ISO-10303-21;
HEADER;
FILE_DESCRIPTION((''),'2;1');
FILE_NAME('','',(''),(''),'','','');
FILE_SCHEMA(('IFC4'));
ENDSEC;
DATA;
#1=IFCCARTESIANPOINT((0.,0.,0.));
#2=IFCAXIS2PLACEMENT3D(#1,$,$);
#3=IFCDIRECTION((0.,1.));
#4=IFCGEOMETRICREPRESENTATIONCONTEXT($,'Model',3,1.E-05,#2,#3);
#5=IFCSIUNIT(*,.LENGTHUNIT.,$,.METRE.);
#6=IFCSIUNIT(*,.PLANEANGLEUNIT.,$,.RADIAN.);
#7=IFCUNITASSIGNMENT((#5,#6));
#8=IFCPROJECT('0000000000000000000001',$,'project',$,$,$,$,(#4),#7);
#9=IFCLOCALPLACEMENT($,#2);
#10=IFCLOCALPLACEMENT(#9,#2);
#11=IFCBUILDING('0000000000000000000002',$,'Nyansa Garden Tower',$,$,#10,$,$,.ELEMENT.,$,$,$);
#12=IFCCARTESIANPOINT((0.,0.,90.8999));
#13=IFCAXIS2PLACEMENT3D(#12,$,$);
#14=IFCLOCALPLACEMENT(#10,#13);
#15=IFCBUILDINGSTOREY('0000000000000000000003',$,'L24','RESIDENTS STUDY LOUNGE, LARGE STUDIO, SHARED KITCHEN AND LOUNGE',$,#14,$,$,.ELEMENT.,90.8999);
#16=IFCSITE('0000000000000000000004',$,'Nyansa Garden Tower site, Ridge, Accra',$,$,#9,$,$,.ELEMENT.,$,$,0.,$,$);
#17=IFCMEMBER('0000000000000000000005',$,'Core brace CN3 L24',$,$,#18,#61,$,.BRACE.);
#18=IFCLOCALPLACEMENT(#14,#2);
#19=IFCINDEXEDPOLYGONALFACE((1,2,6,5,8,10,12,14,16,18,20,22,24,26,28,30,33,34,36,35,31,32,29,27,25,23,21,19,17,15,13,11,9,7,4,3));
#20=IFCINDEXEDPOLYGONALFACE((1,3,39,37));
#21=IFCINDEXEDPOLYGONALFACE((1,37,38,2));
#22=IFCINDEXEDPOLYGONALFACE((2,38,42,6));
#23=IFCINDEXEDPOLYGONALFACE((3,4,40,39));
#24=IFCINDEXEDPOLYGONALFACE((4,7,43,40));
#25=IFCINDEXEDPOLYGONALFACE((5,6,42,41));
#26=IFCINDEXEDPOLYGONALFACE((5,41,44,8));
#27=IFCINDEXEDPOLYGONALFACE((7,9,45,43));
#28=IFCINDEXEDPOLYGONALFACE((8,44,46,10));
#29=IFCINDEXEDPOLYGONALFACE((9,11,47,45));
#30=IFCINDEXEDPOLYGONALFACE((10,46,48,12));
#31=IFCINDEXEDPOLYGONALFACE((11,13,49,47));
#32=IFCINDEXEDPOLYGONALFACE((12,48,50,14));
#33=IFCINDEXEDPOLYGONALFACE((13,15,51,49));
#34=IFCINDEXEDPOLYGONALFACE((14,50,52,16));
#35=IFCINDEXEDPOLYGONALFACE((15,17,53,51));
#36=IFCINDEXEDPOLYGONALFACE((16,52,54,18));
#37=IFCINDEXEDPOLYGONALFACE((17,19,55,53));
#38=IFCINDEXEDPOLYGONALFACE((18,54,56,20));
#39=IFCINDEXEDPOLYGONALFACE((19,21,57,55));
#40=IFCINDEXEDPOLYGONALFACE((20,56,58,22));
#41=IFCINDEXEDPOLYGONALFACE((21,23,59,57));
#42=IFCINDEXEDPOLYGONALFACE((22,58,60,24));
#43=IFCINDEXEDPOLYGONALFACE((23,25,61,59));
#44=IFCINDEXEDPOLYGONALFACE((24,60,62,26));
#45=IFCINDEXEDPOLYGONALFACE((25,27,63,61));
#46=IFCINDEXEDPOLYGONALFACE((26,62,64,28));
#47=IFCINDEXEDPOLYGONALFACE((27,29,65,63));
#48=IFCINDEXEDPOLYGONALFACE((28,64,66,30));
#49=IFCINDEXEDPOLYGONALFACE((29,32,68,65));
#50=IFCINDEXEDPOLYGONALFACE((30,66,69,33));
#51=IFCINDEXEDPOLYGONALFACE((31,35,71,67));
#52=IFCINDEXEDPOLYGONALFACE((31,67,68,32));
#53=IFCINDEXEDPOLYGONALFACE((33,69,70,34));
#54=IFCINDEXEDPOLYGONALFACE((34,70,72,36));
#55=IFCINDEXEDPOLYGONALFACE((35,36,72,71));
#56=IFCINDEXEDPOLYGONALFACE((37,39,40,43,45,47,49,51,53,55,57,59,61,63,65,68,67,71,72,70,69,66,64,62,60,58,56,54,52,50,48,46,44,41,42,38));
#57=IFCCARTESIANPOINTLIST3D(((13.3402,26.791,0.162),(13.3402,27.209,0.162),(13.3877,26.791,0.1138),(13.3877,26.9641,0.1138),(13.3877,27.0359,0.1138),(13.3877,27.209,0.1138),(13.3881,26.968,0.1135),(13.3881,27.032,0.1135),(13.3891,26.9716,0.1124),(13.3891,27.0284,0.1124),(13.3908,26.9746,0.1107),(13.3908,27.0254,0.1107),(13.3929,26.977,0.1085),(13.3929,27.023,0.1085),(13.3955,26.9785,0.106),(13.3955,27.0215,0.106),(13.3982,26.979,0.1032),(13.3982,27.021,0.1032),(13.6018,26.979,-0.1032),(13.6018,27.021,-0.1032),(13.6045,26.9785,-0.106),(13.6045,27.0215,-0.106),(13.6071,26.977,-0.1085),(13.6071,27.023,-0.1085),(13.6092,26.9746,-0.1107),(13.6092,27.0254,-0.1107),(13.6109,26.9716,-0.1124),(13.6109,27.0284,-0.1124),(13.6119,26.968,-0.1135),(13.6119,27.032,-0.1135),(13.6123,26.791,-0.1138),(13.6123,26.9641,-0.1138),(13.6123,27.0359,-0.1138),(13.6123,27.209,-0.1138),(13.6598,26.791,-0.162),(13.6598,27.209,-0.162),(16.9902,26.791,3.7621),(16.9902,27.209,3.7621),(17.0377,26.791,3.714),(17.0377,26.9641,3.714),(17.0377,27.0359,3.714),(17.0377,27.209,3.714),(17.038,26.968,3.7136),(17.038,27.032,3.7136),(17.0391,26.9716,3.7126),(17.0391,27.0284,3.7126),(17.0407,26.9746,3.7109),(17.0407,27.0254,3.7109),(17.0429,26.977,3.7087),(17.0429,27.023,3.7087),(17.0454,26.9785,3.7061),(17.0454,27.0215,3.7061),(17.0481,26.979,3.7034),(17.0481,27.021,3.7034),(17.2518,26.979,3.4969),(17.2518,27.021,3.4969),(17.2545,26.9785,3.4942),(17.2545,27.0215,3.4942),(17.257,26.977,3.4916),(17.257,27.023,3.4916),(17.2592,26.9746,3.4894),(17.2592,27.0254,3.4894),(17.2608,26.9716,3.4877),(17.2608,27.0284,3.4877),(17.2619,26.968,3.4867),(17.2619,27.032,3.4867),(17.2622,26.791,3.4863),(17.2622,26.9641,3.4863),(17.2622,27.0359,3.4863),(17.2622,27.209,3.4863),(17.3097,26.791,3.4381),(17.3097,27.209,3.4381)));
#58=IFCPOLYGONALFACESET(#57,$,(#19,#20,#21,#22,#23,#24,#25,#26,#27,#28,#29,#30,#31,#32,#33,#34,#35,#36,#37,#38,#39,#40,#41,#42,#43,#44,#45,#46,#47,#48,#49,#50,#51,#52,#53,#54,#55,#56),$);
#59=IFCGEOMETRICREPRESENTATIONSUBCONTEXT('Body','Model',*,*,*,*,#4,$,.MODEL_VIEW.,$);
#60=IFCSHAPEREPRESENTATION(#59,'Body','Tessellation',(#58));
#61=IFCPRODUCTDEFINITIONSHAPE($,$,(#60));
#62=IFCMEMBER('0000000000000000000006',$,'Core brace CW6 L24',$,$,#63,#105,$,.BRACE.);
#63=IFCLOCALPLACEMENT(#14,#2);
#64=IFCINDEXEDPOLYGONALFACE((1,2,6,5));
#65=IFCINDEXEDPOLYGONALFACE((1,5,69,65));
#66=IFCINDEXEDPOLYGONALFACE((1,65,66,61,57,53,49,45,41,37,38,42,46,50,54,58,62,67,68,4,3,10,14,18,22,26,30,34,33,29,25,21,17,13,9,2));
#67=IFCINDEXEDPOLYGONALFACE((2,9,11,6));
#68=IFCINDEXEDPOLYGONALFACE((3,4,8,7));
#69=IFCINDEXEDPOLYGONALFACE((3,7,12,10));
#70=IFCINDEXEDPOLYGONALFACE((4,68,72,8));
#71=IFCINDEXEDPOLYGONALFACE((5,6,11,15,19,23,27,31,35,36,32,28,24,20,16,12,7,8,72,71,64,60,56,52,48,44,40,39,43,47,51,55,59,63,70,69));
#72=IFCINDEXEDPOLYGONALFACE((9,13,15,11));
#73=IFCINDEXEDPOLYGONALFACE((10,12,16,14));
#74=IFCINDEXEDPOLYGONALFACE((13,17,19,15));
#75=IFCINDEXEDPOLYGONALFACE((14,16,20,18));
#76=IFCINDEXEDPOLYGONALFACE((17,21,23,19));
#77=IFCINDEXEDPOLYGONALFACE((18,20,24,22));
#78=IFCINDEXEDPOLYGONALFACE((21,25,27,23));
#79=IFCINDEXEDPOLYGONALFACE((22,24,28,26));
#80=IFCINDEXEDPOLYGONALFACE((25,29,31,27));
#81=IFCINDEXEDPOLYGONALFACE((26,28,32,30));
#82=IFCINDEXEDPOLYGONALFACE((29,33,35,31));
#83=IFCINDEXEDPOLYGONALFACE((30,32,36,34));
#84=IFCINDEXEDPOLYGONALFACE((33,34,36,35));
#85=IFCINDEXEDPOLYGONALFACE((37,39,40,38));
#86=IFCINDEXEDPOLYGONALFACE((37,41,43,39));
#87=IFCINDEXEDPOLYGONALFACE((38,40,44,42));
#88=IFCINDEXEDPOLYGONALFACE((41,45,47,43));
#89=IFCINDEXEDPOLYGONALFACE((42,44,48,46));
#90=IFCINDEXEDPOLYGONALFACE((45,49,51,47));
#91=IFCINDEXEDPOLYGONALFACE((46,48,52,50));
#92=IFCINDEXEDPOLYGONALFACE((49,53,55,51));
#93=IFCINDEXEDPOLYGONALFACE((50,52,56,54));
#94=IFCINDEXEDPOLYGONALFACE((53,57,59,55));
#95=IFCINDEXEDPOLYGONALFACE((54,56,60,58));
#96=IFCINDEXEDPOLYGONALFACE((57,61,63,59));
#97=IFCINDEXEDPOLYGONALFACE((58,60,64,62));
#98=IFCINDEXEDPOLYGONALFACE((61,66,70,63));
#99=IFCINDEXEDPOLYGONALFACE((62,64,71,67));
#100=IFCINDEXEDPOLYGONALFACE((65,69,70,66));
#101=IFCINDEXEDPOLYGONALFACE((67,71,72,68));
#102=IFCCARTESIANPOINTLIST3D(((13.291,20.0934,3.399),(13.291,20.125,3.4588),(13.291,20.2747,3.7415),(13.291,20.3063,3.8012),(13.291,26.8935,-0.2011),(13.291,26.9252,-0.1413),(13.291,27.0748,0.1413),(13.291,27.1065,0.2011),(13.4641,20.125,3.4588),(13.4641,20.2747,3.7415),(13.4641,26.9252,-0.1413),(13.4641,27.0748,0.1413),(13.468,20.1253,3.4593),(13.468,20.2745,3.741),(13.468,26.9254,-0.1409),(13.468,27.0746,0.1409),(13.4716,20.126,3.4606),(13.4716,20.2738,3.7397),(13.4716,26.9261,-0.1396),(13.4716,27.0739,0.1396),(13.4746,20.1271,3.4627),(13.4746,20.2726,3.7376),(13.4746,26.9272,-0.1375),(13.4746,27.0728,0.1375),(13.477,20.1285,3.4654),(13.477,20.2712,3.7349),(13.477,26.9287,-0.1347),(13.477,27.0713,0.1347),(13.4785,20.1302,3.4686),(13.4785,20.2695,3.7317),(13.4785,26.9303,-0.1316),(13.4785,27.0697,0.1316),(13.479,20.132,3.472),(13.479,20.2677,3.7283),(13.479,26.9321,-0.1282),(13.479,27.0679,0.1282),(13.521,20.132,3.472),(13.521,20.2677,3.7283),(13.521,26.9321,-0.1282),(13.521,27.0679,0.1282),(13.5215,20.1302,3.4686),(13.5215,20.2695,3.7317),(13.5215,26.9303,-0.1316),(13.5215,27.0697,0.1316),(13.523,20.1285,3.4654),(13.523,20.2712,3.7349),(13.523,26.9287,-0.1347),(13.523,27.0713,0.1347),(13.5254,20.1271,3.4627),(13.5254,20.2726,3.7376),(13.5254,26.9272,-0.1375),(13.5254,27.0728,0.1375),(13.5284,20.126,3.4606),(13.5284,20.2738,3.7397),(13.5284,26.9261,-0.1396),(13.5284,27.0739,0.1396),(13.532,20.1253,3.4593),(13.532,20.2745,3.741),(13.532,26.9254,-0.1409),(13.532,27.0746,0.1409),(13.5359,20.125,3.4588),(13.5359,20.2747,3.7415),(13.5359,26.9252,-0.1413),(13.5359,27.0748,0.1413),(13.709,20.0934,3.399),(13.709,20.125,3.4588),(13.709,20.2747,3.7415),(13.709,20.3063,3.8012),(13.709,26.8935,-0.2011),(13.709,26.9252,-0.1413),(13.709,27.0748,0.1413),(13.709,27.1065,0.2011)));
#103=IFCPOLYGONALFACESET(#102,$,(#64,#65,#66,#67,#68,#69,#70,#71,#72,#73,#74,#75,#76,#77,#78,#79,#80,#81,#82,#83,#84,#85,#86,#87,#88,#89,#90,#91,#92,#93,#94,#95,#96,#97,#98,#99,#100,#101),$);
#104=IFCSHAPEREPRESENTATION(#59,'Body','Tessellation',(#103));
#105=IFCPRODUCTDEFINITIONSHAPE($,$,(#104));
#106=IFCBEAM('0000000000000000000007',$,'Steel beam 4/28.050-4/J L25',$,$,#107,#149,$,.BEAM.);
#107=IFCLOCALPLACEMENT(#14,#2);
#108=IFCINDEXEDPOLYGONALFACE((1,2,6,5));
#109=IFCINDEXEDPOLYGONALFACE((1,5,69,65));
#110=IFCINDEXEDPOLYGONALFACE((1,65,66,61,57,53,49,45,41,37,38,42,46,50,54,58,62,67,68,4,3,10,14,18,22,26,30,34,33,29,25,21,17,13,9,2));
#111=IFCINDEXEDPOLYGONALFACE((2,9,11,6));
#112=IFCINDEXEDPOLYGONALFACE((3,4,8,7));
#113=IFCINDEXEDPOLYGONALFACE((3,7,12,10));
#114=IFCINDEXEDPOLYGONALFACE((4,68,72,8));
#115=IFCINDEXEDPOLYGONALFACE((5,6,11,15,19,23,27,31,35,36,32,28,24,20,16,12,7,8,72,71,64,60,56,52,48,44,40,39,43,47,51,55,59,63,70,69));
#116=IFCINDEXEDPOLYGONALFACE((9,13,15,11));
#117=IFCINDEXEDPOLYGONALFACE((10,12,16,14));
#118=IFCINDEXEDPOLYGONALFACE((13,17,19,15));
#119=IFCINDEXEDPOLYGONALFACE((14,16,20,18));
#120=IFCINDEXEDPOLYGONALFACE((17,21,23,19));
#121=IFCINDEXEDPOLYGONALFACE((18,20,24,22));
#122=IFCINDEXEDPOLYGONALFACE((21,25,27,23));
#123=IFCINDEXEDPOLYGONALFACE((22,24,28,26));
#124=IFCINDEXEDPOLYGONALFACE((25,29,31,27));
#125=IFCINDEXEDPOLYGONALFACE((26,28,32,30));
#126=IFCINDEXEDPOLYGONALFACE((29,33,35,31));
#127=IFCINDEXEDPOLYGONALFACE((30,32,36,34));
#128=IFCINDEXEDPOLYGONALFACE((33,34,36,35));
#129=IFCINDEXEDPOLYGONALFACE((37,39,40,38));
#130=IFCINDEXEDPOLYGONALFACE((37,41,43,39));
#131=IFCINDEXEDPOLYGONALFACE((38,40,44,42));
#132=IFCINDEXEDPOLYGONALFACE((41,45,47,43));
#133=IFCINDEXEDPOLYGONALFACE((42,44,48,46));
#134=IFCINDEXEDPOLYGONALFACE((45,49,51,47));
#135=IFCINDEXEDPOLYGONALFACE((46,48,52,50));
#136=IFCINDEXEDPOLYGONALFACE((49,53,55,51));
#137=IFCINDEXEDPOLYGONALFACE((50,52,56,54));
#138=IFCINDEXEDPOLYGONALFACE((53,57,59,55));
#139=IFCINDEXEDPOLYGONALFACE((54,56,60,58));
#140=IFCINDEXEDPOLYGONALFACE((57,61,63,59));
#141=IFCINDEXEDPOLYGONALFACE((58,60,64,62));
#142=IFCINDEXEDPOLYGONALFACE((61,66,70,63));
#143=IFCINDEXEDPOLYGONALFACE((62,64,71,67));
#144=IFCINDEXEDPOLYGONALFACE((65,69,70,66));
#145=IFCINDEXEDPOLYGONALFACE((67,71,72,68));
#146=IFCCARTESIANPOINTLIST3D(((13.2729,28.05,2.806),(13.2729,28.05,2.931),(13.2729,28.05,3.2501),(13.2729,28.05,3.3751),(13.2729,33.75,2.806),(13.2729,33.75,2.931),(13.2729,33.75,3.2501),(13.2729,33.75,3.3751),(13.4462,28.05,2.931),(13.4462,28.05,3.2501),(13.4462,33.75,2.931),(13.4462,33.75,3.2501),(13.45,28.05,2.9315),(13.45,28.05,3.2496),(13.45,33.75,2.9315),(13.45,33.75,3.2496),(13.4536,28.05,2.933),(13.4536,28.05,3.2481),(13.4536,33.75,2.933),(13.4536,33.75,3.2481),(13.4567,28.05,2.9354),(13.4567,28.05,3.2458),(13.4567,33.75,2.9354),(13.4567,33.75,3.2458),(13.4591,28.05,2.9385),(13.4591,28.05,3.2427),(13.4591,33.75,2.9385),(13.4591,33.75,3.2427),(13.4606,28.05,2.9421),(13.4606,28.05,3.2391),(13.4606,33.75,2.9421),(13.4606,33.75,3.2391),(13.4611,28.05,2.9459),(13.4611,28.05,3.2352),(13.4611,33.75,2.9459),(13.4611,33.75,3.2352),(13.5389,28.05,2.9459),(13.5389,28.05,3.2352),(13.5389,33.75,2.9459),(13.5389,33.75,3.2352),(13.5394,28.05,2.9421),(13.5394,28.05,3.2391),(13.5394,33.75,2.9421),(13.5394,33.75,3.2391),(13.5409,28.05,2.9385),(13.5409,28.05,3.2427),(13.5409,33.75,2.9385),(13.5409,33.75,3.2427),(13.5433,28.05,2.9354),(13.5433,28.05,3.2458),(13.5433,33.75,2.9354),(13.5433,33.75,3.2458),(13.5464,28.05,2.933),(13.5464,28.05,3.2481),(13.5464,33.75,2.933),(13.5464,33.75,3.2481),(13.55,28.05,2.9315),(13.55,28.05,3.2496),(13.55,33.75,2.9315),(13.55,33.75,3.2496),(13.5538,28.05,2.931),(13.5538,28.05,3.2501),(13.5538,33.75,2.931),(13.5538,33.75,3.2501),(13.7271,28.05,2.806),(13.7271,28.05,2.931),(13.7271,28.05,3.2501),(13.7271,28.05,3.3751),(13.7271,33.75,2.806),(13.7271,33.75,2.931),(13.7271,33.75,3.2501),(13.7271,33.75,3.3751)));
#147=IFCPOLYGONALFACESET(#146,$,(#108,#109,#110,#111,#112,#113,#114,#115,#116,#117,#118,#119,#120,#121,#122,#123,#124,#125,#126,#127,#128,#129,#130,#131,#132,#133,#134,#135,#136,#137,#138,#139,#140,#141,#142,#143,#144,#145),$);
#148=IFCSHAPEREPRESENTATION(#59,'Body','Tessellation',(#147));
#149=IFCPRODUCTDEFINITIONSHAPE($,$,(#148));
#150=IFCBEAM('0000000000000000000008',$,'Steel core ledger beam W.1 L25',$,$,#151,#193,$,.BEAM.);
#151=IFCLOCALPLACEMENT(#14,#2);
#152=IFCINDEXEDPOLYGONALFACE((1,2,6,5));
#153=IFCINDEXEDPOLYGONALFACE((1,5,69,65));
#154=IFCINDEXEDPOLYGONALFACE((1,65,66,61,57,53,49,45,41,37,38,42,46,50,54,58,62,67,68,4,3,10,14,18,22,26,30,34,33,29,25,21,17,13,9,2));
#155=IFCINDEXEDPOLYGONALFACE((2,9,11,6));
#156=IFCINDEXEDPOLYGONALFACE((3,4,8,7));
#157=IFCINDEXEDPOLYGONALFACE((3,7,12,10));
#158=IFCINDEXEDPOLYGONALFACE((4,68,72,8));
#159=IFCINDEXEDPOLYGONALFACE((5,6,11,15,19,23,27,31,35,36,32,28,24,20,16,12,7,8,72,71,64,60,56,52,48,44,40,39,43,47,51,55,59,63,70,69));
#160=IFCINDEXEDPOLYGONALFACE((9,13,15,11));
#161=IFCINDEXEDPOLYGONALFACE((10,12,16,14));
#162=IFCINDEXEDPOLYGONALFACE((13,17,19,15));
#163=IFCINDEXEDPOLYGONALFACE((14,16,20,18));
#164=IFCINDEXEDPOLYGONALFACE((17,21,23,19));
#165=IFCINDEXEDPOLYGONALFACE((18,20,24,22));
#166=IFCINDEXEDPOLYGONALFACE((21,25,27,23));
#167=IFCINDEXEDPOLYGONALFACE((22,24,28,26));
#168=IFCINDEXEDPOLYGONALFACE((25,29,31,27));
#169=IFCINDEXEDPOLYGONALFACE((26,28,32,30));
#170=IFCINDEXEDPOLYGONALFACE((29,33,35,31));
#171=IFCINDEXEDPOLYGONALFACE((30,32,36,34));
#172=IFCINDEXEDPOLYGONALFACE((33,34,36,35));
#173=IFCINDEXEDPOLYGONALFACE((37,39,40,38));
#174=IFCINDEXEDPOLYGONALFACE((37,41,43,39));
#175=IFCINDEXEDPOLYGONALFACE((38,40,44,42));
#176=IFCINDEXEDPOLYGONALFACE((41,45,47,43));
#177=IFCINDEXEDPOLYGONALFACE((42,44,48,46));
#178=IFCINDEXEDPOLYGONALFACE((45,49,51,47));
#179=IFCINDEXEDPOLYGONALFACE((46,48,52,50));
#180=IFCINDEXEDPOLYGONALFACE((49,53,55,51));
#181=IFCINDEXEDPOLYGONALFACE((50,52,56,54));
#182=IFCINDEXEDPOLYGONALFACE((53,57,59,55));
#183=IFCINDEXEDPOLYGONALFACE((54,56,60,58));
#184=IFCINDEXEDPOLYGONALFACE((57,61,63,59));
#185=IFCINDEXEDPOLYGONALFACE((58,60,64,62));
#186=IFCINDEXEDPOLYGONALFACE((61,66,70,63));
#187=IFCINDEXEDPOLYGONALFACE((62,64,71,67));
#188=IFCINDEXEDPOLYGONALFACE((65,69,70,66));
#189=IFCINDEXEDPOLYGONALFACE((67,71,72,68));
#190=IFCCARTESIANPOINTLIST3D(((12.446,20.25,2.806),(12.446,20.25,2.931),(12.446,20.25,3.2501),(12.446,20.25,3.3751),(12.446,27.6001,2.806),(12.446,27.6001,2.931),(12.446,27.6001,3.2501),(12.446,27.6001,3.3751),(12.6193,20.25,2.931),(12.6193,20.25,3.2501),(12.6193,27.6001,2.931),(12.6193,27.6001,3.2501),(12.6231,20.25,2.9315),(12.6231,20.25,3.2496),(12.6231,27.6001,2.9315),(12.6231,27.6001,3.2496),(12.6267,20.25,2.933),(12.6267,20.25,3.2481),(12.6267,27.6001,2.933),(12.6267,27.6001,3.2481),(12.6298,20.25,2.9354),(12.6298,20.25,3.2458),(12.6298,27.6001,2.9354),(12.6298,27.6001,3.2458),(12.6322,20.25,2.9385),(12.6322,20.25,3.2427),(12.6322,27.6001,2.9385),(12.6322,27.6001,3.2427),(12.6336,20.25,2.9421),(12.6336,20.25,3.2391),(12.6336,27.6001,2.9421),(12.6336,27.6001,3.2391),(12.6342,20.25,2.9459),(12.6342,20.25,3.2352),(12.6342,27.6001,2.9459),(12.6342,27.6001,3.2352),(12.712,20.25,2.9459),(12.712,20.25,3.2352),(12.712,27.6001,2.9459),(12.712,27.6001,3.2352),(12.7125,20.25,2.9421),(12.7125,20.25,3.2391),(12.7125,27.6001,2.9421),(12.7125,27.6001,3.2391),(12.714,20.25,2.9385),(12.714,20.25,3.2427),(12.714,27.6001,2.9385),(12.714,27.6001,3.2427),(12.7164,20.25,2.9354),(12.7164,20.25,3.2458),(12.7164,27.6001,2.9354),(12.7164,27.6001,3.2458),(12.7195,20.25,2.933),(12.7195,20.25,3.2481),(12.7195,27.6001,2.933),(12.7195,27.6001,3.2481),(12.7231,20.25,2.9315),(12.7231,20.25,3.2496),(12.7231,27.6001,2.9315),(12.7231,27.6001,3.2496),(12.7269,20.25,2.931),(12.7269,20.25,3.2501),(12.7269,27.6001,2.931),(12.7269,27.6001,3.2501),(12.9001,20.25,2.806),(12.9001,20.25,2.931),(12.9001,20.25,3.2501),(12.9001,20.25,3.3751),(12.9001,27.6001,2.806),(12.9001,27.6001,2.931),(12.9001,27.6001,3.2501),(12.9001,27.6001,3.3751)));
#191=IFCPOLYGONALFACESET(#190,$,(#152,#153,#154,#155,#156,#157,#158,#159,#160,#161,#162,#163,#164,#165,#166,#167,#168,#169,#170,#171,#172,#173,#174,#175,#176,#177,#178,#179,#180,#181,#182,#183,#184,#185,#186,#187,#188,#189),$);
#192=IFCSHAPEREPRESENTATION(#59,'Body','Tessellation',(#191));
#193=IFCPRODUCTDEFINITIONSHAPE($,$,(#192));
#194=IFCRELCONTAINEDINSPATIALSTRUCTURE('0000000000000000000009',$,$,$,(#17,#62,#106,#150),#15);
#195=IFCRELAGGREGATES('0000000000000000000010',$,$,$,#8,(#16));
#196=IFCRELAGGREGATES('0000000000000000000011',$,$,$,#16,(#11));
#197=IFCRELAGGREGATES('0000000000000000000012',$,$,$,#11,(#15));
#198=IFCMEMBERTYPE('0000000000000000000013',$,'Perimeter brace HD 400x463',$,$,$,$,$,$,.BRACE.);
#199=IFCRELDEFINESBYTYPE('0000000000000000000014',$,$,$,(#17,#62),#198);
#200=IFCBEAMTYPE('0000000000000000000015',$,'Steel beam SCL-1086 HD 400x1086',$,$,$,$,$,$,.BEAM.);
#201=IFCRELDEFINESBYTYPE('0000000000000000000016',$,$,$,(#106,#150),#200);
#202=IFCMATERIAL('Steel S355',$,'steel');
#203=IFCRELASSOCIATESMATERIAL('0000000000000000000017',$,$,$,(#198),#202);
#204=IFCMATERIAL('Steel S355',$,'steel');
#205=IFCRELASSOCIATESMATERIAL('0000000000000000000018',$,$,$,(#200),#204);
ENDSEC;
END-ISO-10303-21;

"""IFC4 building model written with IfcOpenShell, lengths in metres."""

from ifc_helpers import new_model, si_unit, direction, frame, origin, origin_2d, place, context, subcontext, project, spatial, i_section, extrude, material, material_profile, profile_set, type_object, element, save


model = new_model("IFC4")

# Units and contexts
model_context = context("Model", 3, precision=1e-05, world=origin(), true_north=direction((0.0, 1.0)))
body_context = subcontext(model_context, "Body", "Model", "MODEL_VIEW")
ifc_project = project(units=[si_unit("LENGTHUNIT", "METRE"), si_unit("PLANEANGLEUNIT", "RADIAN")], contexts=[model_context])

# Site, building, storey
site_placement = place(None, origin())
site = spatial("IfcSite", under=ifc_project, at=site_placement, Name="Nyansa Garden Tower site, Ridge, Accra", CompositionType="ELEMENT", RefElevation=0.0)
building_placement = place(site_placement, origin())
building = spatial("IfcBuilding", under=site, at=building_placement, Name="Nyansa Garden Tower", CompositionType="ELEMENT")
storey_placement = place(building_placement, frame((0.0, 0.0, 90.8999)))
storey = spatial("IfcBuildingStorey", under=building, at=storey_placement, Name="L24", Description="RESIDENTS STUDY LOUNGE, LARGE STUDIO, SHARED KITCHEN AND LOUNGE", CompositionType="ELEMENT", Elevation=90.8999)

# Members
ifc_material_1 = material(Name="Steel S355", Category="steel")
ifc_material_profile_1 = material_profile(ifc_material_1, i_section(OverallWidth=0.418, OverallDepth=0.4551, WebThickness=0.042, FlangeThickness=0.0676, FilletRadius=0.0149, at=origin_2d()), Name="HD 400x463")
ifc_profile_set_1 = profile_set([ifc_material_profile_1], Name="Steel S355")
member_type_1 = type_object("IfcMemberType", Name="Perimeter brace HD 400x463", PredefinedType="BRACE", material=ifc_profile_set_1)
member_1_placement = place(storey_placement, frame((13.5, 27.0, 0.0), z_axis=(0.711948, 0.0, 0.702233), x_axis=(0.0, 1.0, 0.0)))
element("IfcMember", 1, at=member_1_placement, inside=storey, type_object=member_type_1, Name="Core brace CN3 L24", PredefinedType="BRACE", context=body_context, shape_type="SweptSolid", body=[
    extrude(i_section(OverallWidth=0.418, OverallDepth=0.4551, WebThickness=0.042, FlangeThickness=0.0676, FilletRadius=0.0149, at=origin_2d()), origin(), (0.0, 0.0, 1.0), 5.1267),
])
member_2_placement = place(storey_placement, frame((13.5, 27.0, 0.0), z_axis=(0.0, -0.883784, 0.467895), x_axis=(1.0, 0.0, 0.0)))
element("IfcMember", 2, at=member_2_placement, inside=storey, type_object=member_type_1, Name="Core brace CW6 L24", PredefinedType="BRACE", context=body_context, shape_type="SweptSolid", body=[
    extrude(i_section(OverallWidth=0.418, OverallDepth=0.4551, WebThickness=0.042, FlangeThickness=0.0676, FilletRadius=0.0149, at=origin_2d()), origin(), (0.0, 0.0, 1.0), 7.6943),
])

# Beams
ifc_material_2 = material(Name="Steel S355", Category="steel")
ifc_material_profile_2 = material_profile(ifc_material_2, i_section(OverallWidth=0.4541, OverallDepth=0.5691, WebThickness=0.0779, FlangeThickness=0.125, FilletRadius=0.0149, at=origin_2d()), Name="HD 400x1086")
ifc_profile_set_2 = profile_set([ifc_material_profile_2], Name="Steel S355")
beam_type_1 = type_object("IfcBeamType", Name="Steel beam SCL-1086 HD 400x1086", PredefinedType="BEAM", material=ifc_profile_set_2)
beam_1_placement = place(storey_placement, frame((13.5, 28.05, 3.0906), z_axis=(0.0, 1.0, 0.0), x_axis=(-1.0, 0.0, 0.0)))
element("IfcBeam", 3, at=beam_1_placement, inside=storey, type_object=beam_type_1, Name="Steel beam 4/28.050-4/J L25", PredefinedType="BEAM", context=body_context, shape_type="SweptSolid", body=[
    extrude(i_section(OverallWidth=0.4541, OverallDepth=0.5691, WebThickness=0.0779, FlangeThickness=0.125, FilletRadius=0.0149, at=origin_2d()), origin(), (0.0, 0.0, 1.0), 5.7),
])
beam_2_placement = place(storey_placement, frame((12.6731, 27.6001, 3.0906), z_axis=(0.0, -1.0, 0.0), x_axis=(1.0, 0.0, 0.0)))
element("IfcBeam", 4, at=beam_2_placement, inside=storey, type_object=beam_type_1, Name="Steel core ledger beam W.1 L25", PredefinedType="BEAM", context=body_context, shape_type="SweptSolid", body=[
    extrude(i_section(OverallWidth=0.4541, OverallDepth=0.5691, WebThickness=0.0779, FlangeThickness=0.125, FilletRadius=0.0149, at=origin_2d()), origin(), (0.0, 0.0, 1.0), 7.3501),
])

save(model, "model.ifc")
